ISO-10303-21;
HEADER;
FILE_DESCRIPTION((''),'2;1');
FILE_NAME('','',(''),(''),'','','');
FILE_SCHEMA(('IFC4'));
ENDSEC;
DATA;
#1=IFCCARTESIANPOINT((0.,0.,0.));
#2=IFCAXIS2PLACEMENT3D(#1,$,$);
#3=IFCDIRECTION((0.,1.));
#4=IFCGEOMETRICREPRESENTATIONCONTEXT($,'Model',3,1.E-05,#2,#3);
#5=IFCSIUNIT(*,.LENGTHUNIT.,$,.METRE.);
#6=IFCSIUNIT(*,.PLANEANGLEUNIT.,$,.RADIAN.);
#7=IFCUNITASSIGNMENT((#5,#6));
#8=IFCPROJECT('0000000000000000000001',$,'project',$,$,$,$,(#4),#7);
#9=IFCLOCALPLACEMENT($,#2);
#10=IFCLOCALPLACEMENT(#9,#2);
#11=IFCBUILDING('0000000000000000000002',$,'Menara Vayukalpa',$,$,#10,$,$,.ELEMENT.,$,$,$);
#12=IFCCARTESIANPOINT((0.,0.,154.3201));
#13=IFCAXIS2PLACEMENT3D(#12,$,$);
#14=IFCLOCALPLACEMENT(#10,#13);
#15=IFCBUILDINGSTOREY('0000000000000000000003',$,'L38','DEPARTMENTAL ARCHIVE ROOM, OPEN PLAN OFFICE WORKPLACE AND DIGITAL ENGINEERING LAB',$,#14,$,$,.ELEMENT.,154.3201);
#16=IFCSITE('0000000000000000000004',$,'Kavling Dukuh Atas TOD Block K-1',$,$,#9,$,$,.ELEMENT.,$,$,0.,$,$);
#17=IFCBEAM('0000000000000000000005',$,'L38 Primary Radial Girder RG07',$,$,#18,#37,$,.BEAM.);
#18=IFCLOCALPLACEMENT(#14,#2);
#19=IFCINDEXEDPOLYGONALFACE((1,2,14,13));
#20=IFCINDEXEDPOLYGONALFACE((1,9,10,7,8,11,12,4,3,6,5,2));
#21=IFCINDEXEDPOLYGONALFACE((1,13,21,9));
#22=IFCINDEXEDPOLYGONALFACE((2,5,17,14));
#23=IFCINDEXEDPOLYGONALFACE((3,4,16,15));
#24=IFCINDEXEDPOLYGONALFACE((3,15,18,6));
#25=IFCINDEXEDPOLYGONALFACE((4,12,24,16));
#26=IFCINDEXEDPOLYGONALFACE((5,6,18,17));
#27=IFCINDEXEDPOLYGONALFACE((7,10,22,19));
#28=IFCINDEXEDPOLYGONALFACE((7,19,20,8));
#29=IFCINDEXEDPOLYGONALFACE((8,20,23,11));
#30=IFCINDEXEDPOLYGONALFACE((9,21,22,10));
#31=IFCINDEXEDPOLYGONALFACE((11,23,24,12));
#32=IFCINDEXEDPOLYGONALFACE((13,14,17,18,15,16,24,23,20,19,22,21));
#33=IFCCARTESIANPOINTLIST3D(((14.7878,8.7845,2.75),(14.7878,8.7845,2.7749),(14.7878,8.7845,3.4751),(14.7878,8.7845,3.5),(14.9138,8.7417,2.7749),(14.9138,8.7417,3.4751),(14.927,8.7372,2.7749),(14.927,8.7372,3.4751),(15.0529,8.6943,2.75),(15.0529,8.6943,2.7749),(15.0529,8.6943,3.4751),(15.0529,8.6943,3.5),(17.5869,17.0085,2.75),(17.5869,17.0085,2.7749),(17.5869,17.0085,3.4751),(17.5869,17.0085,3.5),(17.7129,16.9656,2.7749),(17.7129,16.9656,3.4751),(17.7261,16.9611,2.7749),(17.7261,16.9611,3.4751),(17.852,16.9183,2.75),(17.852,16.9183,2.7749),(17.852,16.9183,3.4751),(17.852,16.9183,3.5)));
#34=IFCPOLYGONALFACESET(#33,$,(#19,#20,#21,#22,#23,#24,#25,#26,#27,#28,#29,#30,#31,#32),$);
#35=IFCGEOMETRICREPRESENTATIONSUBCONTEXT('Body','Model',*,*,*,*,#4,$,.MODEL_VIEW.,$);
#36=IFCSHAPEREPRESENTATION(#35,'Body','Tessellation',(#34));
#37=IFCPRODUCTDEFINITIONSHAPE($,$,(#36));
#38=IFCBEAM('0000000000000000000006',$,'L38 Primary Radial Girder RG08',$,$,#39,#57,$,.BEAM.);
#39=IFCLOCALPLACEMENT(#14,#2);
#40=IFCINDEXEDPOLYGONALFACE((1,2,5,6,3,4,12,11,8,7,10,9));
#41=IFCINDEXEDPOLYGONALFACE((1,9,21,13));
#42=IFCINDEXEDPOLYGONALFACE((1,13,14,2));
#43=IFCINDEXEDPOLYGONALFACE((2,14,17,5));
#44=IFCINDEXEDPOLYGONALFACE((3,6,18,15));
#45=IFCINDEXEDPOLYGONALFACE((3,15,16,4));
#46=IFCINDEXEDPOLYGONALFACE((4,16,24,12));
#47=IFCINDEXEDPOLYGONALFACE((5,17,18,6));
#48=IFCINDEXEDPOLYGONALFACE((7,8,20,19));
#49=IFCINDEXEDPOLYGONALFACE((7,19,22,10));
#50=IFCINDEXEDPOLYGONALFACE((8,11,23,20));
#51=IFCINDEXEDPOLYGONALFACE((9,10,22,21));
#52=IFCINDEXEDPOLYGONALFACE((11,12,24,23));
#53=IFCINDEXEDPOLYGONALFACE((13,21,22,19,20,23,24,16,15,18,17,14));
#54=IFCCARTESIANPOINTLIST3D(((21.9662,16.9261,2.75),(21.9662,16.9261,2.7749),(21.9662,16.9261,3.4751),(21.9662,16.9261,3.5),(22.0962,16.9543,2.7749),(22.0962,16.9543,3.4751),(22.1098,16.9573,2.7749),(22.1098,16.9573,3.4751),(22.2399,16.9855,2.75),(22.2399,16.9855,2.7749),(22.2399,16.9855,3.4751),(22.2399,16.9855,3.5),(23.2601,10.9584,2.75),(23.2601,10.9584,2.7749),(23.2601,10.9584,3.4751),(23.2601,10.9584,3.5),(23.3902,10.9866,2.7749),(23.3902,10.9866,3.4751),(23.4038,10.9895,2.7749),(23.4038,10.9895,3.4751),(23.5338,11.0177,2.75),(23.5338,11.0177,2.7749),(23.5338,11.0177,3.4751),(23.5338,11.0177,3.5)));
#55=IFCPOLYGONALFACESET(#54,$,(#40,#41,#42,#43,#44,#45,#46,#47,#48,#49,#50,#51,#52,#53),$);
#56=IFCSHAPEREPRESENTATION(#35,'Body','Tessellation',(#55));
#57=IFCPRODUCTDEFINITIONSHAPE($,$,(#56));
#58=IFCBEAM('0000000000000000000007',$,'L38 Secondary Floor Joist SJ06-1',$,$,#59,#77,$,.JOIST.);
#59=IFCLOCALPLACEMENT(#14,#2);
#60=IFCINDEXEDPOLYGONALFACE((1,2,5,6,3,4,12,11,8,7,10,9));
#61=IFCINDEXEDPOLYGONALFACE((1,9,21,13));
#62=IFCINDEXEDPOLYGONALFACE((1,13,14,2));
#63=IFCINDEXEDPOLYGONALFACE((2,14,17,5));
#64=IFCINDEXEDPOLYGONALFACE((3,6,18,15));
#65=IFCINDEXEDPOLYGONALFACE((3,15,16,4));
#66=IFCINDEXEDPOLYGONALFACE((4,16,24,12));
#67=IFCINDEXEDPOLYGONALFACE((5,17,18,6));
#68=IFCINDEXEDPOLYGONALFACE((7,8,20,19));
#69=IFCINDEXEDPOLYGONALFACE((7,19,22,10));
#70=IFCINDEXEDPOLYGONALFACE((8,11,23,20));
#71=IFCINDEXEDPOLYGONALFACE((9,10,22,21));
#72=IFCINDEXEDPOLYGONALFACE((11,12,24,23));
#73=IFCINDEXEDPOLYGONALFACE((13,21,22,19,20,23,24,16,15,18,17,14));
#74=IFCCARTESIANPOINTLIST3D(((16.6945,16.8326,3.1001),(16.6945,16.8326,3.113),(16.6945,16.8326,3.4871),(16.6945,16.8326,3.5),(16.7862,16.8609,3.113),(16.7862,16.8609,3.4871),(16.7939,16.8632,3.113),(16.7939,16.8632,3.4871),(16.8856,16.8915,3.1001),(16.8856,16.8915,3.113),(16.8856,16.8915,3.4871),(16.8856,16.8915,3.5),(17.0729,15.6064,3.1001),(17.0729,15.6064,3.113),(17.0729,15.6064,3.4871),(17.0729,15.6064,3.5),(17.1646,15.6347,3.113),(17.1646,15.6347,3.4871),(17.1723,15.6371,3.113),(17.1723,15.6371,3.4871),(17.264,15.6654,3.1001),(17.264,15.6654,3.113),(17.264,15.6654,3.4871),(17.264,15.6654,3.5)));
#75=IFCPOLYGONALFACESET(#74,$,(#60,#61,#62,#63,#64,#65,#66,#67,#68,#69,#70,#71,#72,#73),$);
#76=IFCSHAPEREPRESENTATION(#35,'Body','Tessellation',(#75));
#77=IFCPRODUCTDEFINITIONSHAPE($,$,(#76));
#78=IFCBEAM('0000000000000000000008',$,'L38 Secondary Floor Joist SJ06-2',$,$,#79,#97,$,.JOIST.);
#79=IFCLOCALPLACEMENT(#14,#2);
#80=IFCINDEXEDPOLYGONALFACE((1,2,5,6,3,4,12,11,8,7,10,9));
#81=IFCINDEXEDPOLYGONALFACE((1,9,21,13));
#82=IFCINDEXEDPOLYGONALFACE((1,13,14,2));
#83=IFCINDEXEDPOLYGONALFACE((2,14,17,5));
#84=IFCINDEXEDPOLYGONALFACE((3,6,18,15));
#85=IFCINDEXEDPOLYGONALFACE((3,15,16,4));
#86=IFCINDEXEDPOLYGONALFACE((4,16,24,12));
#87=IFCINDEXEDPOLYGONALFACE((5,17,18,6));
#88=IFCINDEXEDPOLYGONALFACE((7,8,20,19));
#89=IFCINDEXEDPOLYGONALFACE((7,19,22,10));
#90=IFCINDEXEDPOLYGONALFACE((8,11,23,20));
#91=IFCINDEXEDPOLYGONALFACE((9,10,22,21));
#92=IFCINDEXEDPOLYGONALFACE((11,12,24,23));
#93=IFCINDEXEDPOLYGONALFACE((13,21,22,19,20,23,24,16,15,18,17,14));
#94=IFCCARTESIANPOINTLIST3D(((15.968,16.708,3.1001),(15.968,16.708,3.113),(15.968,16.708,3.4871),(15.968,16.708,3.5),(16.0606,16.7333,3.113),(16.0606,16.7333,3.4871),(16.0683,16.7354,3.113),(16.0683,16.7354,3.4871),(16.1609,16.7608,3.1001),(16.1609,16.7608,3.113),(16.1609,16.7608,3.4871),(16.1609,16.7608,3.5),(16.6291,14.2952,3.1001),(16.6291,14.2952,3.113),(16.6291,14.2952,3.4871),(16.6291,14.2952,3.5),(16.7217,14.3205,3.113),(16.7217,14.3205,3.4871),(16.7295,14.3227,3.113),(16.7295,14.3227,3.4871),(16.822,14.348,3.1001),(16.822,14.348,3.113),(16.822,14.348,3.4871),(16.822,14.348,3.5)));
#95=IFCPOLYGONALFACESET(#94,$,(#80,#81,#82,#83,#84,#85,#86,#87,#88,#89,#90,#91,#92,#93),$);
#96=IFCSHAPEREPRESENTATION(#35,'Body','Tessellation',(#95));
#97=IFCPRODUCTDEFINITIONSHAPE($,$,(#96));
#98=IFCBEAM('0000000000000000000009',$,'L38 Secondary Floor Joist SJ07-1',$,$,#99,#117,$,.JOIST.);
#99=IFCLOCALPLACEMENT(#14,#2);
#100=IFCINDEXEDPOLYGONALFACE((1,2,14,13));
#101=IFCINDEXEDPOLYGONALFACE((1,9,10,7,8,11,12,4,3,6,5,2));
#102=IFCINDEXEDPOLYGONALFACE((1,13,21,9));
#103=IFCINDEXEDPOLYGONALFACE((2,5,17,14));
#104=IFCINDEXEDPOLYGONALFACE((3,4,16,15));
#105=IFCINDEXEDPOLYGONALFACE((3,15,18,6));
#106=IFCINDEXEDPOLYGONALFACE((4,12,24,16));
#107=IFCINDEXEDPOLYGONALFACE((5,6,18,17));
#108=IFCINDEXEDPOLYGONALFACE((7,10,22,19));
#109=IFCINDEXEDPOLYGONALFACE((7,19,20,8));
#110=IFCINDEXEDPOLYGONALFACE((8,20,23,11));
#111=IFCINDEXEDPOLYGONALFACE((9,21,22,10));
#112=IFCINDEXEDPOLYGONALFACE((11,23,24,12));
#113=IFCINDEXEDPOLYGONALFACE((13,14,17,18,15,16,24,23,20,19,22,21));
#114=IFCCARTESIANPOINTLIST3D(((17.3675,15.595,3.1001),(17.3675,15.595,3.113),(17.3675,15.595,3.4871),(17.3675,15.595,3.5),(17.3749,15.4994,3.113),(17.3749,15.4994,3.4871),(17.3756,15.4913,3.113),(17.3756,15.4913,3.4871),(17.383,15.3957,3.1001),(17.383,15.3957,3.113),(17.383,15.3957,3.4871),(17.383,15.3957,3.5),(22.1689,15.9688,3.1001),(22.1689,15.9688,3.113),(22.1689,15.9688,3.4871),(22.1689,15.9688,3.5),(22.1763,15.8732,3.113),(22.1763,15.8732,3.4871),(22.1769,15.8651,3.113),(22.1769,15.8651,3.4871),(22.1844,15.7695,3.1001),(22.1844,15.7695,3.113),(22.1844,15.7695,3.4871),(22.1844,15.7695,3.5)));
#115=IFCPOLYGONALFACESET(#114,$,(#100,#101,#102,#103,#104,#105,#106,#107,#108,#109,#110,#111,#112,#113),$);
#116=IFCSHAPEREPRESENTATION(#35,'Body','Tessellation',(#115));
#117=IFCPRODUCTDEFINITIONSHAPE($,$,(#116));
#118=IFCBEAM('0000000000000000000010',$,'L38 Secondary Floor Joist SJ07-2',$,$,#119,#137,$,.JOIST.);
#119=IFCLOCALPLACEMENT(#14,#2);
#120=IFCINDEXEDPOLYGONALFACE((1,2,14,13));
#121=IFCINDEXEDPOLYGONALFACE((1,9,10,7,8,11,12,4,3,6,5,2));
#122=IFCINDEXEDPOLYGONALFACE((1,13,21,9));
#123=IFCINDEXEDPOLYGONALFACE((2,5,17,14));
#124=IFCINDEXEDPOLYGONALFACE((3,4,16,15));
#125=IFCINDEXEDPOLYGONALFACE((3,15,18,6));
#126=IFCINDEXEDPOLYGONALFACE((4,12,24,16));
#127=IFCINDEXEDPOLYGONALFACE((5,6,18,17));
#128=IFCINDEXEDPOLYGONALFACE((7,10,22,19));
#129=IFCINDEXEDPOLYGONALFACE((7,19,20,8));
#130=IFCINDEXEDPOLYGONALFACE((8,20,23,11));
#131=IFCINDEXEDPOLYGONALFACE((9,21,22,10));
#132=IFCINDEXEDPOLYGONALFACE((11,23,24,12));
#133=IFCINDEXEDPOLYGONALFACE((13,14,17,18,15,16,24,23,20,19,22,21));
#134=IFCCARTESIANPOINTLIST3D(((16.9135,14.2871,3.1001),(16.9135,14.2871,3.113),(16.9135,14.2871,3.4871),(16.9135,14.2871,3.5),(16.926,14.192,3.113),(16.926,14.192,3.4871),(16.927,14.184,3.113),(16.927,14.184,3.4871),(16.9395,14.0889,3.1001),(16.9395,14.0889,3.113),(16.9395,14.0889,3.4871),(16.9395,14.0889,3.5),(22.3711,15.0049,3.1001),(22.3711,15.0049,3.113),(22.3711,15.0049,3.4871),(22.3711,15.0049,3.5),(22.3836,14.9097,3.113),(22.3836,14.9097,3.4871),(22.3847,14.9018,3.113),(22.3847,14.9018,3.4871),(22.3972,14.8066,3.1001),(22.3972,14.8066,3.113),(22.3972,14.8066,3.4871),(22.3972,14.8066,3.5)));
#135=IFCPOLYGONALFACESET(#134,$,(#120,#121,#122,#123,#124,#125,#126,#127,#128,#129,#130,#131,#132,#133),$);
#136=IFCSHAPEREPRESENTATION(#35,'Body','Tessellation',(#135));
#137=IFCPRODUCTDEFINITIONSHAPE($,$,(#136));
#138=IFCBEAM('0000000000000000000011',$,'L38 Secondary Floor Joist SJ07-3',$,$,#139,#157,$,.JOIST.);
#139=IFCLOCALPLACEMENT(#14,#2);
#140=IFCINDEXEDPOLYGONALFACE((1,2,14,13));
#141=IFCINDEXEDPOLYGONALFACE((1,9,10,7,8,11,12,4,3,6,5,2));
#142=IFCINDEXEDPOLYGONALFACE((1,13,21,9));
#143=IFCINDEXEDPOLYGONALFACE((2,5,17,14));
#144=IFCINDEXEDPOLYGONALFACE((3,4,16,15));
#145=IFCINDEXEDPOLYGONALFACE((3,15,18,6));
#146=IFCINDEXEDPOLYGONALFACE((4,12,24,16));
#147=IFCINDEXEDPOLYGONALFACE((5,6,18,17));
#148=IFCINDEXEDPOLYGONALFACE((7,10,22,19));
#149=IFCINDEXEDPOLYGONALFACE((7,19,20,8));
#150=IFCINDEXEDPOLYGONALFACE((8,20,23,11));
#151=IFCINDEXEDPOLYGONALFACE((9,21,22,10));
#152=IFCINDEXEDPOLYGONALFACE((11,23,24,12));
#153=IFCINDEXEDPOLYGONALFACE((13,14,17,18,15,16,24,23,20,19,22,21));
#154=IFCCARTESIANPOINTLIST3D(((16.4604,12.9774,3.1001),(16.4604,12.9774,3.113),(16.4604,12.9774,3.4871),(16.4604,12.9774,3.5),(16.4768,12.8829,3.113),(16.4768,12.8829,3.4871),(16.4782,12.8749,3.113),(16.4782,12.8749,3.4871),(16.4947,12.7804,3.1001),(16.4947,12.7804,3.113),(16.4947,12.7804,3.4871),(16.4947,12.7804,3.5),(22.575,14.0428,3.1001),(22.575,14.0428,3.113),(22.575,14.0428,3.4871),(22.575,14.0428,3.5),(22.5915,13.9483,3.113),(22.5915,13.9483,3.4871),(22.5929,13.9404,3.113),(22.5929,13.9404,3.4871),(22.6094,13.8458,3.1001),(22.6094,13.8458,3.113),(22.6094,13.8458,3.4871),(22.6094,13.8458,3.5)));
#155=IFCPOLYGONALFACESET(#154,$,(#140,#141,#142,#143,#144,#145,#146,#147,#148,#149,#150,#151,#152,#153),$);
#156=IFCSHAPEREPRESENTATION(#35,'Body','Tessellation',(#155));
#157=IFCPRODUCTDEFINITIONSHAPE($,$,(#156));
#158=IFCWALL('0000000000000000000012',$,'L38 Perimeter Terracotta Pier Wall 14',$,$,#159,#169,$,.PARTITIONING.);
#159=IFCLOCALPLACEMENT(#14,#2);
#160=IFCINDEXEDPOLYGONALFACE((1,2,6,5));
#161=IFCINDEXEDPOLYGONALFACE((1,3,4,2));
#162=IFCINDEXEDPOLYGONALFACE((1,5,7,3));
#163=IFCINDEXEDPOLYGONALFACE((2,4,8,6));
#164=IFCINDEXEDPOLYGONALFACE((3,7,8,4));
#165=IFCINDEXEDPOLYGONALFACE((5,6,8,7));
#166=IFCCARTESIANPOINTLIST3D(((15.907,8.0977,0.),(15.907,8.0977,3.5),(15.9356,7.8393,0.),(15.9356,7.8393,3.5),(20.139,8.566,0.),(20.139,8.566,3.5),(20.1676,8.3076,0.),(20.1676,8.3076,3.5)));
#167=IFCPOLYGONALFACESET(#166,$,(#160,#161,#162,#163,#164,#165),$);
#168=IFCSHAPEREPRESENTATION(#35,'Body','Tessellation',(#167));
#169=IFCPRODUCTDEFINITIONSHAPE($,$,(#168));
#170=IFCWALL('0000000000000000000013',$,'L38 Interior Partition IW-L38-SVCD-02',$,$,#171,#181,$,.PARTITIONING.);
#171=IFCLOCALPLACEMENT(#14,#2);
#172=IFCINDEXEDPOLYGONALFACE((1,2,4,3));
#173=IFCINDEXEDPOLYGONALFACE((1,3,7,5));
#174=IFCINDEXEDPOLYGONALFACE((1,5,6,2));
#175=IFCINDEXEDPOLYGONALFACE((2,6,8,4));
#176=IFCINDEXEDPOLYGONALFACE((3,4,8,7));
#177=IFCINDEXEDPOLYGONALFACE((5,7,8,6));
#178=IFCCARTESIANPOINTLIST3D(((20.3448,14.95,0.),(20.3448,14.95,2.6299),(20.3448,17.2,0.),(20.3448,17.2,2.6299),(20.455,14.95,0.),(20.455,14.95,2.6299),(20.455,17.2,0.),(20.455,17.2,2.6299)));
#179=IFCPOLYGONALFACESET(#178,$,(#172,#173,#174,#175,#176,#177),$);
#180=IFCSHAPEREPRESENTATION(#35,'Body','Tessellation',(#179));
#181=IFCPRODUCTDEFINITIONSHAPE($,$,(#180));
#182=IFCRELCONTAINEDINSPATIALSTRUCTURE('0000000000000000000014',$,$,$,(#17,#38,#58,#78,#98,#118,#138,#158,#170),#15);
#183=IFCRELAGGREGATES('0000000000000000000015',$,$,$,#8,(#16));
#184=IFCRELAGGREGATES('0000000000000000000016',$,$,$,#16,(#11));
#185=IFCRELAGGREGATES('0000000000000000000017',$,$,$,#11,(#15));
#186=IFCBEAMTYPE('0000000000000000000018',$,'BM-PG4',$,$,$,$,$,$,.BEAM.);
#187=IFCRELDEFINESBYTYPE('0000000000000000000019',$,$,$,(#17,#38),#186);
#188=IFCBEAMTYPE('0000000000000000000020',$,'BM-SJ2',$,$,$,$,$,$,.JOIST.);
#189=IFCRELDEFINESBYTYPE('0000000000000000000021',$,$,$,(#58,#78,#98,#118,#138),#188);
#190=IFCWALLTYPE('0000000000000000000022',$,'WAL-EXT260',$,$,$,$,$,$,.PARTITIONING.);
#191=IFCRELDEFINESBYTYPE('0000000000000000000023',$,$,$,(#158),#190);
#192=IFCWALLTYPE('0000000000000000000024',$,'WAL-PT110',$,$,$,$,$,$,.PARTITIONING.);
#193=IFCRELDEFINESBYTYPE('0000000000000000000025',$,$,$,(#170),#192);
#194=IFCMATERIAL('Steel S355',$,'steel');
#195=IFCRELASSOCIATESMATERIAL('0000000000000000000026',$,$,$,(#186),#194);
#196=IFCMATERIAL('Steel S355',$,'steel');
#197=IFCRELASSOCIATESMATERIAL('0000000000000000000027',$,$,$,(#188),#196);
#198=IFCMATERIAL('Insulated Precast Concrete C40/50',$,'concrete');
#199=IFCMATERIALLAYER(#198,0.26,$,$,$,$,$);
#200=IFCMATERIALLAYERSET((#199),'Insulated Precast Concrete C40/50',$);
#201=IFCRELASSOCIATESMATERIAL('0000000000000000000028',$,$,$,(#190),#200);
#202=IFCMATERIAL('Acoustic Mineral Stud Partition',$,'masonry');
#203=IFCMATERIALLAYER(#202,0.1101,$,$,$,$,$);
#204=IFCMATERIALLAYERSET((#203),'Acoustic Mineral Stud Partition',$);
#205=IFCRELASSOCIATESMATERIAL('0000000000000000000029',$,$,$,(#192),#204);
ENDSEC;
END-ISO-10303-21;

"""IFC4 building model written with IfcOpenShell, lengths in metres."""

from ifc_helpers import new_model, si_unit, direction, frame, frame_2d, origin, origin_2d, place, context, subcontext, project, spatial, rectangle, i_section, extrude, material, layer, layer_set, material_profile, profile_set, type_object, element, save


model = new_model("IFC4")

# Units and contexts
model_context = context("Model", 3, precision=1e-05, world=origin(), true_north=direction((0.0, 1.0)))
body_context = subcontext(model_context, "Body", "Model", "MODEL_VIEW")
ifc_project = project(units=[si_unit("LENGTHUNIT", "METRE"), si_unit("PLANEANGLEUNIT", "RADIAN")], contexts=[model_context])

# Site, building, storey
site_placement = place(None, origin())
site = spatial("IfcSite", under=ifc_project, at=site_placement, Name="Kavling Dukuh Atas TOD Block K-1", CompositionType="ELEMENT", RefElevation=0.0)
building_placement = place(site_placement, origin())
building = spatial("IfcBuilding", under=site, at=building_placement, Name="Menara Vayukalpa", CompositionType="ELEMENT")
storey_placement = place(building_placement, frame((0.0, 0.0, 154.3201)))
storey = spatial("IfcBuildingStorey", under=building, at=storey_placement, Name="L38", Description="DEPARTMENTAL ARCHIVE ROOM, OPEN PLAN OFFICE WORKPLACE AND DIGITAL ENGINEERING LAB", CompositionType="ELEMENT", Elevation=154.3201)

# Beams
ifc_material_1 = material(Name="Steel S355", Category="steel")
ifc_material_profile_1 = material_profile(ifc_material_1, i_section(OverallWidth=0.28, OverallDepth=0.75, WebThickness=0.0139, FlangeThickness=0.0249, at=origin_2d()), Name="WF 750x280x14x25")
ifc_profile_set_1 = profile_set([ifc_material_profile_1], Name="Steel S355")
beam_type_1 = type_object("IfcBeamType", Name="BM-PG4", PredefinedType="BEAM", material=ifc_profile_set_1)
beam_1_placement = place(storey_placement, frame((17.7195, 16.9634, 3.125), z_axis=(-0.322208, -0.946669, 0.0), x_axis=(0.946669, -0.322208, 0.0)))
element("IfcBeam", 1, at=beam_1_placement, inside=storey, type_object=beam_type_1, Name="L38 Primary Radial Girder RG07", PredefinedType="BEAM", context=body_context, shape_type="SweptSolid", body=[
    extrude(i_section(OverallWidth=0.28, OverallDepth=0.75, WebThickness=0.0139, FlangeThickness=0.0249, at=origin_2d()), origin(), (0.0, 0.0, 1.0), 8.6873),
])
beam_2_placement = place(storey_placement, frame((22.103, 16.9558, 3.125), z_axis=(0.211898, -0.977292, 0.0), x_axis=(0.977292, 0.211898, 0.0)))
element("IfcBeam", 2, at=beam_2_placement, inside=storey, type_object=beam_type_1, Name="L38 Primary Radial Girder RG08", PredefinedType="BEAM", context=body_context, shape_type="SweptSolid", body=[
    extrude(i_section(OverallWidth=0.28, OverallDepth=0.75, WebThickness=0.0139, FlangeThickness=0.0249, at=origin_2d()), origin(), (0.0, 0.0, 1.0), 6.1064),
])
ifc_material_2 = material(Name="Steel S355", Category="steel")
ifc_material_profile_2 = material_profile(ifc_material_2, i_section(OverallWidth=0.2, OverallDepth=0.3999, WebThickness=0.0081, FlangeThickness=0.0129, at=origin_2d()), Name="WF 400x200x8x13")
ifc_profile_set_2 = profile_set([ifc_material_profile_2], Name="Steel S355")
beam_type_2 = type_object("IfcBeamType", Name="BM-SJ2", PredefinedType="JOIST", material=ifc_profile_set_2)
beam_3_placement = place(storey_placement, frame((16.79, 16.8621, 3.3), z_axis=(0.294915, -0.955524, 0.0), x_axis=(0.955524, 0.294915, 0.0)))
element("IfcBeam", 3, at=beam_3_placement, inside=storey, type_object=beam_type_2, Name="L38 Secondary Floor Joist SJ06-1", PredefinedType="JOIST", context=body_context, shape_type="SweptSolid", body=[
    extrude(i_section(OverallWidth=0.2, OverallDepth=0.3999, WebThickness=0.0081, FlangeThickness=0.0129, at=origin_2d()), origin(), (0.0, 0.0, 1.0), 1.2832),
])
beam_4_placement = place(storey_placement, frame((16.0645, 16.7344, 3.3), z_axis=(0.264265, -0.96445, 0.0), x_axis=(0.96445, 0.264265, 0.0)))
element("IfcBeam", 4, at=beam_4_placement, inside=storey, type_object=beam_type_2, Name="L38 Secondary Floor Joist SJ06-2", PredefinedType="JOIST", context=body_context, shape_type="SweptSolid", body=[
    extrude(i_section(OverallWidth=0.2, OverallDepth=0.3999, WebThickness=0.0081, FlangeThickness=0.0129, at=origin_2d()), origin(), (0.0, 0.0, 1.0), 2.5017),
])
beam_5_placement = place(storey_placement, frame((17.3752, 15.4954, 3.3), z_axis=(0.996983, 0.077615, 0.0), x_axis=(-0.077615, 0.996983, 0.0)))
element("IfcBeam", 5, at=beam_5_placement, inside=storey, type_object=beam_type_2, Name="L38 Secondary Floor Joist SJ07-1", PredefinedType="JOIST", context=body_context, shape_type="SweptSolid", body=[
    extrude(i_section(OverallWidth=0.2, OverallDepth=0.3999, WebThickness=0.0081, FlangeThickness=0.0129, at=origin_2d()), origin(), (0.0, 0.0, 1.0), 4.8159),
])
beam_6_placement = place(storey_placement, frame((16.9265, 14.188, 3.3), z_axis=(0.991463, 0.130391, 0.0), x_axis=(-0.130391, 0.991463, 0.0)))
element("IfcBeam", 6, at=beam_6_placement, inside=storey, type_object=beam_type_2, Name="L38 Secondary Floor Joist SJ07-2", PredefinedType="JOIST", context=body_context, shape_type="SweptSolid", body=[
    extrude(i_section(OverallWidth=0.2, OverallDepth=0.3999, WebThickness=0.0081, FlangeThickness=0.0129, at=origin_2d()), origin(), (0.0, 0.0, 1.0), 5.5046),
])
beam_7_placement = place(storey_placement, frame((16.4775, 12.8789, 3.3), z_axis=(0.985157, 0.171653, 0.0), x_axis=(-0.171653, 0.985157, 0.0)))
element("IfcBeam", 7, at=beam_7_placement, inside=storey, type_object=beam_type_2, Name="L38 Secondary Floor Joist SJ07-3", PredefinedType="JOIST", context=body_context, shape_type="SweptSolid", body=[
    extrude(i_section(OverallWidth=0.2, OverallDepth=0.3999, WebThickness=0.0081, FlangeThickness=0.0129, at=origin_2d()), origin(), (0.0, 0.0, 1.0), 6.2068),
])

# Walls
ifc_material_3 = material(Name="Insulated Precast Concrete C40/50", Category="concrete")
ifc_layer_1 = layer(ifc_material_3, 0.26)
ifc_layer_set_1 = layer_set([ifc_layer_1], Name="Insulated Precast Concrete C40/50")
wall_type_1 = type_object("IfcWallType", Name="WAL-EXT260", PredefinedType="PARTITIONING", material=ifc_layer_set_1)
wall_1_placement = place(storey_placement, frame((20.1533, 8.4368, 0.0), z_axis=(0.0, 0.0, 1.0), x_axis=(-0.993934, -0.109978, 0.0)))
element("IfcWall", 8, at=wall_1_placement, inside=storey, type_object=wall_type_1, Name="L38 Perimeter Terracotta Pier Wall 14", PredefinedType="PARTITIONING", context=body_context, shape_type="SweptSolid", body=[
    extrude(rectangle(XDim=4.2578, YDim=0.26, at=frame_2d((2.1289, 0.0))), origin(), (0.0, 0.0, 1.0), 3.5),
])
ifc_material_4 = material(Name="Acoustic Mineral Stud Partition", Category="masonry")
ifc_layer_2 = layer(ifc_material_4, 0.1101)
ifc_layer_set_2 = layer_set([ifc_layer_2], Name="Acoustic Mineral Stud Partition")
wall_type_2 = type_object("IfcWallType", Name="WAL-PT110", PredefinedType="PARTITIONING", material=ifc_layer_set_2)
wall_2_placement = place(storey_placement, frame((20.3999, 14.95, 0.0), z_axis=(0.0, 0.0, 1.0), x_axis=(0.0, 1.0, 0.0)))
element("IfcWall", 9, at=wall_2_placement, inside=storey, type_object=wall_type_2, Name="L38 Interior Partition IW-L38-SVCD-02", PredefinedType="PARTITIONING", context=body_context, shape_type="SweptSolid", body=[
    extrude(rectangle(XDim=2.25, YDim=0.1101, at=frame_2d((1.125, 0.0))), origin(), (0.0, 0.0, 1.0), 2.6299),
])

save(model, "model.ifc")
